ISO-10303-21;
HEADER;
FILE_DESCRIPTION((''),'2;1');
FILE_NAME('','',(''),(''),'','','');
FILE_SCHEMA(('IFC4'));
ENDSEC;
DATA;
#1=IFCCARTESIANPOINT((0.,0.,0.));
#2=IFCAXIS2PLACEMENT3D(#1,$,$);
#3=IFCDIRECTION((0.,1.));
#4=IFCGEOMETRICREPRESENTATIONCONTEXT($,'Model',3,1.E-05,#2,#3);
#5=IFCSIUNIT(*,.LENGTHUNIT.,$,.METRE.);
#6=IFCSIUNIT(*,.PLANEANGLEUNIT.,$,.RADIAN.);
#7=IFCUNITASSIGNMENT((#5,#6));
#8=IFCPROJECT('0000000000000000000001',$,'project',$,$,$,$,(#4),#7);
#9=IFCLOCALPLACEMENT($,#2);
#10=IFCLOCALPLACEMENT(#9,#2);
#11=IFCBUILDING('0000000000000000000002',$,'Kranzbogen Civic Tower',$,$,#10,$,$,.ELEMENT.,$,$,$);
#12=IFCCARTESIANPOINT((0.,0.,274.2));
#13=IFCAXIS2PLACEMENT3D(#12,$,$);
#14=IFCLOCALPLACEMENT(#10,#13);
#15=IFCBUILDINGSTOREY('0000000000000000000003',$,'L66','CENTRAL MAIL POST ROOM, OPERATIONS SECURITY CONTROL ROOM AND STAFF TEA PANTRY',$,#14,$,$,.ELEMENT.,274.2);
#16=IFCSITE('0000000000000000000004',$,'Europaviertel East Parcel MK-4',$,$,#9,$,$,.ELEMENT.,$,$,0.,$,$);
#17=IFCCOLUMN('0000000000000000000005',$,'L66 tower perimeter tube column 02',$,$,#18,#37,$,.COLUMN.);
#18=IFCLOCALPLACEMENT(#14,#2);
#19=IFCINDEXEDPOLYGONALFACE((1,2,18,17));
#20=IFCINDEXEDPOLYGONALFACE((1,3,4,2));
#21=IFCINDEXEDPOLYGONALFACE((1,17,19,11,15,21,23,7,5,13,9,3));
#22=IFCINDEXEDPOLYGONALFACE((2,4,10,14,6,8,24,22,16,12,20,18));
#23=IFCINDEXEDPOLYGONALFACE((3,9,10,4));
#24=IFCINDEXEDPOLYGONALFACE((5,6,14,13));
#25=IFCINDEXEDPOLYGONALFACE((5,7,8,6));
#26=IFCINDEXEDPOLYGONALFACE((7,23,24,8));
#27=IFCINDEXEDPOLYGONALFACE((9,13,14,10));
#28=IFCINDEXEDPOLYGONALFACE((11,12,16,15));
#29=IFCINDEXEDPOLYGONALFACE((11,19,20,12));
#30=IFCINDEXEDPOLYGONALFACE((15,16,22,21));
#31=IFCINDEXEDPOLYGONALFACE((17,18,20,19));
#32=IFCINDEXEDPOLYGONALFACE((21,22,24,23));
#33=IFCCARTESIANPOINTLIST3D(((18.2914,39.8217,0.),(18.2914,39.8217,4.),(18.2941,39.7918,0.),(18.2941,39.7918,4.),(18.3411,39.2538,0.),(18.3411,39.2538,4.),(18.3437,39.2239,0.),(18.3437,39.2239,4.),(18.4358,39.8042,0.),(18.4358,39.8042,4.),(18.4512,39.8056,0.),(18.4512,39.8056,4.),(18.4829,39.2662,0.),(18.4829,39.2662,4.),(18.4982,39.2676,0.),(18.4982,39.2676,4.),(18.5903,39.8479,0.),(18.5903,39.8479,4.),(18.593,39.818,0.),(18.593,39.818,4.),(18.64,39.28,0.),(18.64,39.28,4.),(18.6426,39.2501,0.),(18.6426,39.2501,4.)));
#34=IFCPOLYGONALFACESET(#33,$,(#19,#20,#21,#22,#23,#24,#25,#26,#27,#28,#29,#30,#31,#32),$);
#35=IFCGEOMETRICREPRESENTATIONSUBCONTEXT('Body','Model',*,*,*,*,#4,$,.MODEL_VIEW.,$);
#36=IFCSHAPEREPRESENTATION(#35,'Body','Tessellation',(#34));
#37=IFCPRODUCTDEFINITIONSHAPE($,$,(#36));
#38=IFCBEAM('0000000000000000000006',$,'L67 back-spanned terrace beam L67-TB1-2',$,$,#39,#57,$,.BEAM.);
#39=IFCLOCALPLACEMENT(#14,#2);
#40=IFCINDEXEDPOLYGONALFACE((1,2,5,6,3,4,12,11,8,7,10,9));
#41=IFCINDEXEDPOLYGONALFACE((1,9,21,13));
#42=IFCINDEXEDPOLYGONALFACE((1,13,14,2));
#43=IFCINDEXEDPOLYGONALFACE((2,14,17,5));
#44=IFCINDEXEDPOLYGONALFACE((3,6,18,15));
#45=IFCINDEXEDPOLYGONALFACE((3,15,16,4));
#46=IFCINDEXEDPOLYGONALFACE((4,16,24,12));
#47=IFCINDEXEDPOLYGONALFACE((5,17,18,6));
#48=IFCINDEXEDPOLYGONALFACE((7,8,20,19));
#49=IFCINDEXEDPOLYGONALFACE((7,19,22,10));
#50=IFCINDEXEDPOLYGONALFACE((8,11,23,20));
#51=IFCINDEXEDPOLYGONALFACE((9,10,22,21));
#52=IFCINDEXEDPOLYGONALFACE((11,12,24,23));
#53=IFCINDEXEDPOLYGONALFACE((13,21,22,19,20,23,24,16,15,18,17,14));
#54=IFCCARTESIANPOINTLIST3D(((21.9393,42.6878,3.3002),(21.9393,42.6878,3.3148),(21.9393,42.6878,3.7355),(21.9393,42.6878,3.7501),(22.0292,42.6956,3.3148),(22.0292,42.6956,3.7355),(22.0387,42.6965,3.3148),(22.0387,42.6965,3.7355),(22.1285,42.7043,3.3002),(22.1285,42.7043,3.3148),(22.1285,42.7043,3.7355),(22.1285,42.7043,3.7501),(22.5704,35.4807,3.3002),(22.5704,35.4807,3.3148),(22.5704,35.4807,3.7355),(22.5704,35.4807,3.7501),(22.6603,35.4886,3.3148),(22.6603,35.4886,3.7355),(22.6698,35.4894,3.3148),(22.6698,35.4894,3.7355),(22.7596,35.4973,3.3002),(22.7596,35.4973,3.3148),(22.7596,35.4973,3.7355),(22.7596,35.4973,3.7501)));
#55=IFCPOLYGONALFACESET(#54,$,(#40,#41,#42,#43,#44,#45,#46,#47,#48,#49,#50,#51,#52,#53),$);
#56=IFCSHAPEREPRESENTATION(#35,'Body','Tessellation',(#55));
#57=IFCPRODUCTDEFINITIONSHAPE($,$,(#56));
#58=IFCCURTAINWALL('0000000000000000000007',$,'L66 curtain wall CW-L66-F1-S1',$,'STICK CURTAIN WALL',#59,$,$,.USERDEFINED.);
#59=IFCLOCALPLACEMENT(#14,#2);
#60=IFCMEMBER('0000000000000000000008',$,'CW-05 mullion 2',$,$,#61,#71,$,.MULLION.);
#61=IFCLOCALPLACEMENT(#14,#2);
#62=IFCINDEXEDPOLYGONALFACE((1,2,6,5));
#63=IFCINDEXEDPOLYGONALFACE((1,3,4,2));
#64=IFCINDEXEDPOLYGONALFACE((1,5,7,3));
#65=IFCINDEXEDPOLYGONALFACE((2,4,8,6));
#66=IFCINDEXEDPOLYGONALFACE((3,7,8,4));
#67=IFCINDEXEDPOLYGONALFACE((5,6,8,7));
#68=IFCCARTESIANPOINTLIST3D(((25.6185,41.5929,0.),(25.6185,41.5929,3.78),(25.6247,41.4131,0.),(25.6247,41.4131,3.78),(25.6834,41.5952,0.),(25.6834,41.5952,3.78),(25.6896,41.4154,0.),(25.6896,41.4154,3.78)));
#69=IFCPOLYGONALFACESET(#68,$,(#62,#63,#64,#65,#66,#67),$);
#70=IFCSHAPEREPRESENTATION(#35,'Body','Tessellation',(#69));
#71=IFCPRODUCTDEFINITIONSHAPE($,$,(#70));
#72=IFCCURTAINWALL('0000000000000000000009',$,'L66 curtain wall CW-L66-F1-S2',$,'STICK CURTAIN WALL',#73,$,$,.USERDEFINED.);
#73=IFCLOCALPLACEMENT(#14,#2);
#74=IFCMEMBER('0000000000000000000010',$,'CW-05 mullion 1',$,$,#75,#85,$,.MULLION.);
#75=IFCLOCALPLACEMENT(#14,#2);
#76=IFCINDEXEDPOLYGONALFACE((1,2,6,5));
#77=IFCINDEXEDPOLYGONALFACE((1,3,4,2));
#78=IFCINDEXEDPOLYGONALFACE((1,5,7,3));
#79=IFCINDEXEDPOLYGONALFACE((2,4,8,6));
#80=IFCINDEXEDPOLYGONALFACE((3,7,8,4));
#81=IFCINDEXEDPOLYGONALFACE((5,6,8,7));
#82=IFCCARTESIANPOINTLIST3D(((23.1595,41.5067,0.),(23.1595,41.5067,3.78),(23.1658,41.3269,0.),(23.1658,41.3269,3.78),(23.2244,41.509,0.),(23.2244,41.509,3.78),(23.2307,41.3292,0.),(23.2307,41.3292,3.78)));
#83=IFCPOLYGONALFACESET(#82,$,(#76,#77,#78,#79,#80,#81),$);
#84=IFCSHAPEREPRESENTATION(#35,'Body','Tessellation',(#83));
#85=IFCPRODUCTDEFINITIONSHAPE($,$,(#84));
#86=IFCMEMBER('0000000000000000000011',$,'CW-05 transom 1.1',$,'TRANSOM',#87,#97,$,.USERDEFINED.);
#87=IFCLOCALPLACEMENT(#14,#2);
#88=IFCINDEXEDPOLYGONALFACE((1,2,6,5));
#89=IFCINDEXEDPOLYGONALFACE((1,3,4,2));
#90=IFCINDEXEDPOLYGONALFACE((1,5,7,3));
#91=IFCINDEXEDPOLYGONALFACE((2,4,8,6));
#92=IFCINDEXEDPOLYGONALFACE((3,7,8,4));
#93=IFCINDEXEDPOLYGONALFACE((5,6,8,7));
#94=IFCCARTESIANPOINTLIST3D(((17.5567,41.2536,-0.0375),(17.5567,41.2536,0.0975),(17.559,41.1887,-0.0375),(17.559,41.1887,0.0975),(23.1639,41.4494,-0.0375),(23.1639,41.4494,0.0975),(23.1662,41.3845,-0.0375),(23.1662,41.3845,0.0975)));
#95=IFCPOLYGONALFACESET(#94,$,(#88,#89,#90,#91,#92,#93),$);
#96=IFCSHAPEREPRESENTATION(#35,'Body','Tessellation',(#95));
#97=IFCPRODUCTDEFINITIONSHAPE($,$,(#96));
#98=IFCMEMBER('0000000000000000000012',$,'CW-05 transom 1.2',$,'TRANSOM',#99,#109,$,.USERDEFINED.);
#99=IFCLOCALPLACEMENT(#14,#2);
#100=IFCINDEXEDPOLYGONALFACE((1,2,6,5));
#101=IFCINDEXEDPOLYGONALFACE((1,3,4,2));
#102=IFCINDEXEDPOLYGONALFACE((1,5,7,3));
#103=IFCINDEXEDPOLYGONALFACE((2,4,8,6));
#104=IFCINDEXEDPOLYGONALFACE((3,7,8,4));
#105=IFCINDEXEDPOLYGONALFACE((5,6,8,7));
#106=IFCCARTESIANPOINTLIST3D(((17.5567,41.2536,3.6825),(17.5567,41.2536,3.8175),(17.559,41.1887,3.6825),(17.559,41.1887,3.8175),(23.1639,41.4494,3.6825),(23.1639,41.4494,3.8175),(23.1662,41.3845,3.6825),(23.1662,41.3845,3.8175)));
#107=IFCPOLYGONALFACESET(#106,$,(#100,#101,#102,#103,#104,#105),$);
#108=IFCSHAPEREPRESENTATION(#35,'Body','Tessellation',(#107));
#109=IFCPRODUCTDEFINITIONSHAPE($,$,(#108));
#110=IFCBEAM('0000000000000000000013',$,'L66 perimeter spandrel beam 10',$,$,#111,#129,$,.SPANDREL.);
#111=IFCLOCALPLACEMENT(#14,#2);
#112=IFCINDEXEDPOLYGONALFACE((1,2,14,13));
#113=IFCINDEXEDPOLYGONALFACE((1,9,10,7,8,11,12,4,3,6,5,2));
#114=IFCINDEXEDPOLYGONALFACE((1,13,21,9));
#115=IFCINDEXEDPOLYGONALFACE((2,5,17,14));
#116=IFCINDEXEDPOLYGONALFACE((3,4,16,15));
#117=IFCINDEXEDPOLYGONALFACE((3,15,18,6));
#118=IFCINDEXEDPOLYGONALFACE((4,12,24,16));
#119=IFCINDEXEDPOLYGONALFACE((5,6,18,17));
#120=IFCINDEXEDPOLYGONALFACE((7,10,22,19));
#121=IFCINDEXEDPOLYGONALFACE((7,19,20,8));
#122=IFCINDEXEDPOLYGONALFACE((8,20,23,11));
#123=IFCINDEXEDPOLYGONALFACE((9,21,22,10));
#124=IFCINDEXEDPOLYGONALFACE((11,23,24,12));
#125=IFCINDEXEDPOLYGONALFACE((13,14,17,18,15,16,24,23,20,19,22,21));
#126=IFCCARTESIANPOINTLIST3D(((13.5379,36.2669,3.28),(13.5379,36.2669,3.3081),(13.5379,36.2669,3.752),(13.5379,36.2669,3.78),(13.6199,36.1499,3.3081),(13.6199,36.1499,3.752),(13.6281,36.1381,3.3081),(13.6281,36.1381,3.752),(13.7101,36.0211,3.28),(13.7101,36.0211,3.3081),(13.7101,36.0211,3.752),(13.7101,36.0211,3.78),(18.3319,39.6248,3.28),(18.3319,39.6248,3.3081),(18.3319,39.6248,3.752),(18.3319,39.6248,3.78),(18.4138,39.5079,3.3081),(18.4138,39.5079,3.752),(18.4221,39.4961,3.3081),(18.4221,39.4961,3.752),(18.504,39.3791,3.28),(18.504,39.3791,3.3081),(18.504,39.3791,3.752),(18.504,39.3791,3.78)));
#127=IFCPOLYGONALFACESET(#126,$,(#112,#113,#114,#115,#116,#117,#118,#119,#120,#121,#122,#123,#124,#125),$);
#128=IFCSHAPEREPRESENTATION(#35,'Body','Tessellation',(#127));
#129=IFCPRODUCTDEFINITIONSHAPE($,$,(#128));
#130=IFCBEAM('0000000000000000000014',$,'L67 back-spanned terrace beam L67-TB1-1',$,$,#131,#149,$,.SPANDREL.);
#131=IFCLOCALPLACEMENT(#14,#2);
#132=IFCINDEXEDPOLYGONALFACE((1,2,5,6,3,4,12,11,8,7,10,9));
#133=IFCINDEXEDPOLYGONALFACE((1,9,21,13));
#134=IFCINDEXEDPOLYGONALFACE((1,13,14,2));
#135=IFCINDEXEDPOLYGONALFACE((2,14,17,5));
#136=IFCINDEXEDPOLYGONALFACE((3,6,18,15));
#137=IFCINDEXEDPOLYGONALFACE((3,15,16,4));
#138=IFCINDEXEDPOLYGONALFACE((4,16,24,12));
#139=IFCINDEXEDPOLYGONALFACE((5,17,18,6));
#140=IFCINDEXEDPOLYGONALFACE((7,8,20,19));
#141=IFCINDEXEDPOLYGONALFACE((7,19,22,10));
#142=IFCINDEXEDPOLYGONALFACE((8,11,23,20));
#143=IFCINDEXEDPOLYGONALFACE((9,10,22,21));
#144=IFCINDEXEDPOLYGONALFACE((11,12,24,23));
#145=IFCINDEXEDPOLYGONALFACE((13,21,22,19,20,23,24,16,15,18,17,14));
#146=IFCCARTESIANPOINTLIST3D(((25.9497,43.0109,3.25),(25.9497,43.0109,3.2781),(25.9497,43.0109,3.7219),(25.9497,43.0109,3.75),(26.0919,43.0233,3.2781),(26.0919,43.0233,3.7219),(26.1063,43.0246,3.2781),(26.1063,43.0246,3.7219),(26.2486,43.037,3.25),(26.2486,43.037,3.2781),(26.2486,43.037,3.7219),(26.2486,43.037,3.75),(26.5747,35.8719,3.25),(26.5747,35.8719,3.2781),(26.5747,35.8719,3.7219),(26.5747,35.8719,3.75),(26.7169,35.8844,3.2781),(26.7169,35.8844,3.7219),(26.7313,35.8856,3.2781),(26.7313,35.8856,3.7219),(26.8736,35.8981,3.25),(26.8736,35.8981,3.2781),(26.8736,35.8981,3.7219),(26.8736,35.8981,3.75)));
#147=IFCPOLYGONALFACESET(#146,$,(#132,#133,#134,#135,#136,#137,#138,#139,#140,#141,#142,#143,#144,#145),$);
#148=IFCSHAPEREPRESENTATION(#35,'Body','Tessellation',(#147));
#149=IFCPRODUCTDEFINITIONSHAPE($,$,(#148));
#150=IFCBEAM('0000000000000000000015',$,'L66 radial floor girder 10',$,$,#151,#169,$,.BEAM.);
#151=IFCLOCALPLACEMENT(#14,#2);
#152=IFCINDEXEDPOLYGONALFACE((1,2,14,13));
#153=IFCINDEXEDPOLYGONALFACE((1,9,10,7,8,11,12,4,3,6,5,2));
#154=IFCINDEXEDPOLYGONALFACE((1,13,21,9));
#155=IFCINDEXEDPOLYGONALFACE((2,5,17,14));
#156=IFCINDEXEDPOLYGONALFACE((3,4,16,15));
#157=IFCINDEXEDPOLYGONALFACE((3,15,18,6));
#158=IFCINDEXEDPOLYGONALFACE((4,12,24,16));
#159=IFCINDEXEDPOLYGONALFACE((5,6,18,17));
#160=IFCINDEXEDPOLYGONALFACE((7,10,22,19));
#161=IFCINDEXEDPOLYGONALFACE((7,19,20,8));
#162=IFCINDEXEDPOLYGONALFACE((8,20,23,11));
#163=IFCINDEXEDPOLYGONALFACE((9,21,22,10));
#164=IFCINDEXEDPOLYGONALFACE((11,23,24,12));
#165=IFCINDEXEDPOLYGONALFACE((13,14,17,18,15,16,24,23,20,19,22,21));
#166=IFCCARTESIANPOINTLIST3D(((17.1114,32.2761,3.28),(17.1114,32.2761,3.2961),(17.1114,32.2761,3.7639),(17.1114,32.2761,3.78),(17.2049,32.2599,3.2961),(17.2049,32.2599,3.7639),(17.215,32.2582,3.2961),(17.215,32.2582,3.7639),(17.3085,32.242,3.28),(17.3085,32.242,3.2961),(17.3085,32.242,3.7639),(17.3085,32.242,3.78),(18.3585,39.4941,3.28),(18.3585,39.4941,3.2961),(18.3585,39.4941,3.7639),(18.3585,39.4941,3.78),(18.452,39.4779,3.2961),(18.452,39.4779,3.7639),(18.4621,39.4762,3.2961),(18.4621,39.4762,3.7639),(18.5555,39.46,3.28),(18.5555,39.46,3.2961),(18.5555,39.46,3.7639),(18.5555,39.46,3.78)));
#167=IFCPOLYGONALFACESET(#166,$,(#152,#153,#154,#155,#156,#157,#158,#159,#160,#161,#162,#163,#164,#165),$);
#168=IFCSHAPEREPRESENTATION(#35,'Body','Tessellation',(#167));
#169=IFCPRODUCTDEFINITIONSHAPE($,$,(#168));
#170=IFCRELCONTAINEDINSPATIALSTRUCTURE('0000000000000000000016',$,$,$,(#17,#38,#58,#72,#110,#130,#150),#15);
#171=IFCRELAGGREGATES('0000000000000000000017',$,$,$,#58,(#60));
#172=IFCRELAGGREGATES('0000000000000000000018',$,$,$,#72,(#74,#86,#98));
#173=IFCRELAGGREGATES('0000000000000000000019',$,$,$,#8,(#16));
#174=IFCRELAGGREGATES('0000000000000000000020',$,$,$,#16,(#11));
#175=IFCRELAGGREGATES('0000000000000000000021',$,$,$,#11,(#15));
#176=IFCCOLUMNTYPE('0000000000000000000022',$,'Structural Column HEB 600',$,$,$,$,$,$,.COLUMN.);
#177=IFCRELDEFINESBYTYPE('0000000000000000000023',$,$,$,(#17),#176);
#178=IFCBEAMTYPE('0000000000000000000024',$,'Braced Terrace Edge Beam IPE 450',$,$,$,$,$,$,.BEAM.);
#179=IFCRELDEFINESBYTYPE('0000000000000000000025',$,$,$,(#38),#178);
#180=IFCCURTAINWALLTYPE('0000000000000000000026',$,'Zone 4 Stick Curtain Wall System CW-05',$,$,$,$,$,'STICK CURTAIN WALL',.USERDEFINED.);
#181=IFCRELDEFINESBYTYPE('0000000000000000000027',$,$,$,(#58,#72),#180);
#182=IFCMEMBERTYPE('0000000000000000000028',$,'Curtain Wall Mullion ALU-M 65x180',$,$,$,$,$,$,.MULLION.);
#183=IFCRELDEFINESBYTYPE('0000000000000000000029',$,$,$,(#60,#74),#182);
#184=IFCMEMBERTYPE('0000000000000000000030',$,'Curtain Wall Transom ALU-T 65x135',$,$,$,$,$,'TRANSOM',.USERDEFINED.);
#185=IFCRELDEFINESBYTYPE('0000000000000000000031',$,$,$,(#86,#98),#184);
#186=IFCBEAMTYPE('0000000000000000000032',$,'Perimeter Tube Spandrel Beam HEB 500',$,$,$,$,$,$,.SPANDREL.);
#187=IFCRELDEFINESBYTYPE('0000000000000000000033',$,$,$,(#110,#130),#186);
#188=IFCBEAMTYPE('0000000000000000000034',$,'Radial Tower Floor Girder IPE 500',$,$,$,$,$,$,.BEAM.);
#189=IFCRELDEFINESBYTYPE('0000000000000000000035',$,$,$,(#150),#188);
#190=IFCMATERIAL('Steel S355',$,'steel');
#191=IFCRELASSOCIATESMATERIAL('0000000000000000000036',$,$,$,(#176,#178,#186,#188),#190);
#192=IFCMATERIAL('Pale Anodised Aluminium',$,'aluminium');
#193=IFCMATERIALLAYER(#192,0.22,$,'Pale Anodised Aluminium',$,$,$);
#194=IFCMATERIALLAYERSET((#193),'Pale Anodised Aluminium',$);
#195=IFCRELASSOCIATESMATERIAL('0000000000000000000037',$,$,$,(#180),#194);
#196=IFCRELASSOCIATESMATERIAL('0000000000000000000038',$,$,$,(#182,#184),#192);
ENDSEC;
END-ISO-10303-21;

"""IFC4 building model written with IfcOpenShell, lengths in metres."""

from ifc_helpers import new_model, si_unit, direction, frame, origin, origin_2d, place, context, subcontext, project, spatial, rectangle, i_section, extrude, material, layer, layer_set, material_profile, profile_set, type_object, element, aggregate, save


model = new_model("IFC4")

# Units and contexts
model_context = context("Model", 3, precision=1e-05, world=origin(), true_north=direction((0.0, 1.0)))
body_context = subcontext(model_context, "Body", "Model", "MODEL_VIEW")
ifc_project = project(units=[si_unit("LENGTHUNIT", "METRE"), si_unit("PLANEANGLEUNIT", "RADIAN")], contexts=[model_context])

# Site, building, storey
site_placement = place(None, origin())
site = spatial("IfcSite", under=ifc_project, at=site_placement, Name="Europaviertel East Parcel MK-4", CompositionType="ELEMENT", RefElevation=0.0)
building_placement = place(site_placement, origin())
building = spatial("IfcBuilding", under=site, at=building_placement, Name="Kranzbogen Civic Tower", CompositionType="ELEMENT")
storey_placement = place(building_placement, frame((0.0, 0.0, 274.2)))
storey = spatial("IfcBuildingStorey", under=building, at=storey_placement, Name="L66", Description="CENTRAL MAIL POST ROOM, OPERATIONS SECURITY CONTROL ROOM AND STAFF TEA PANTRY", CompositionType="ELEMENT", Elevation=274.2)

# Column
ifc_material_1 = material(Name="Steel S355", Category="steel")
ifc_material_profile_1 = material_profile(ifc_material_1, i_section(OverallWidth=0.3, OverallDepth=0.6001, WebThickness=0.0154, FlangeThickness=0.03, at=origin_2d()), Name="HEB 600")
ifc_profile_set_1 = profile_set([ifc_material_profile_1], Name="Steel S355")
column_type = type_object("IfcColumnType", Name="Structural Column HEB 600", PredefinedType="COLUMN", material=ifc_profile_set_1)
column_placement = place(storey_placement, frame((18.467, 39.5359, 0.0), z_axis=(0.0, 0.0, 1.0), x_axis=(0.996195, 0.087156, 0.0)))
element("IfcColumn", 1, at=column_placement, inside=storey, type_object=column_type, Name="L66 tower perimeter tube column 02", PredefinedType="COLUMN", context=body_context, shape_type="SweptSolid", body=[
    extrude(i_section(OverallWidth=0.3, OverallDepth=0.6001, WebThickness=0.0154, FlangeThickness=0.03, at=origin_2d()), origin(), (0.0, 0.0, 1.0), 4.0),
])

# Beam
ifc_material_profile_2 = material_profile(ifc_material_1, i_section(OverallWidth=0.1899, OverallDepth=0.45, WebThickness=0.0095, FlangeThickness=0.0146, at=origin_2d()), Name="IPE 450")
ifc_profile_set_2 = profile_set([ifc_material_profile_2], Name="Steel S355")
beam_type_1 = type_object("IfcBeamType", Name="Braced Terrace Edge Beam IPE 450", PredefinedType="BEAM", material=ifc_profile_set_2)
beam_1_placement = place(storey_placement, frame((22.665, 35.489, 3.5251), z_axis=(-0.087234, 0.996188, 0.0), x_axis=(-0.996188, -0.087234, 0.0)))
element("IfcBeam", 2, at=beam_1_placement, inside=storey, type_object=beam_type_1, Name="L67 back-spanned terrace beam L67-TB1-2", PredefinedType="BEAM", context=body_context, shape_type="SweptSolid", body=[
    extrude(i_section(OverallWidth=0.1899, OverallDepth=0.45, WebThickness=0.0095, FlangeThickness=0.0146, at=origin_2d()), origin(), (0.0, 0.0, 1.0), 7.2346),
])

# Curtain wall, member
ifc_material_2 = material(Name="Pale Anodised Aluminium", Category="aluminium")
ifc_layer_1 = layer(ifc_material_2, 0.22, Name="Pale Anodised Aluminium")
ifc_layer_set_1 = layer_set([ifc_layer_1], Name="Pale Anodised Aluminium")
curtain_wall_type = type_object("IfcCurtainWallType", Name="Zone 4 Stick Curtain Wall System CW-05", ElementType="STICK CURTAIN WALL", PredefinedType="USERDEFINED", material=ifc_layer_set_1)
curtain_wall_1_placement = place(storey_placement, origin())
curtain_wall_1 = element("IfcCurtainWall", 3, at=curtain_wall_1_placement, inside=storey, type_object=curtain_wall_type, Name="L66 curtain wall CW-L66-F1-S1", ObjectType="STICK CURTAIN WALL", PredefinedType="USERDEFINED")
ifc_material_profile_3 = material_profile(ifc_material_2, rectangle(XDim=0.0649, YDim=0.1799, at=origin_2d()), Name="ALU-M 65x180")
ifc_profile_set_3 = profile_set([ifc_material_profile_3], Name="Pale Anodised Aluminium")
member_type_1 = type_object("IfcMemberType", Name="Curtain Wall Mullion ALU-M 65x180", PredefinedType="MULLION", material=ifc_profile_set_3)
member_1_placement = place(storey_placement, frame((25.6541, 41.5042, 0.0), z_axis=(0.0, 0.0, 1.0), x_axis=(-0.999391, -0.034895, 0.0)))
member_1 = element("IfcMember", 4, at=member_1_placement, type_object=member_type_1, Name="CW-05 mullion 2", PredefinedType="MULLION", context=body_context, shape_type="SweptSolid", body=[
    extrude(rectangle(XDim=0.0649, YDim=0.1799, at=origin_2d()), origin(), (0.0, 0.0, 1.0), 3.78),
])
aggregate(curtain_wall_1, [member_1])

# Curtain wall, members
curtain_wall_2_placement = place(storey_placement, origin())
curtain_wall_2 = element("IfcCurtainWall", 5, at=curtain_wall_2_placement, inside=storey, type_object=curtain_wall_type, Name="L66 curtain wall CW-L66-F1-S2", ObjectType="STICK CURTAIN WALL", PredefinedType="USERDEFINED")
member_2_placement = place(storey_placement, frame((23.1951, 41.418, 0.0), z_axis=(0.0, 0.0, 1.0), x_axis=(-0.999391, -0.034901, 0.0)))
member_2 = element("IfcMember", 6, at=member_2_placement, type_object=member_type_1, Name="CW-05 mullion 1", PredefinedType="MULLION", context=body_context, shape_type="SweptSolid", body=[
    extrude(rectangle(XDim=0.0649, YDim=0.1799, at=origin_2d()), origin(), (0.0, 0.0, 1.0), 3.78),
])
ifc_material_profile_4 = material_profile(ifc_material_2, rectangle(XDim=0.0649, YDim=0.135, at=origin_2d()), Name="ALU-T 65x135")
ifc_profile_set_4 = profile_set([ifc_material_profile_4], Name="Pale Anodised Aluminium")
member_type_2 = type_object("IfcMemberType", Name="Curtain Wall Transom ALU-T 65x135", ElementType="TRANSOM", PredefinedType="USERDEFINED", material=ifc_profile_set_4)
member_3_placement = place(storey_placement, frame((23.165, 41.417, 0.03), z_axis=(-0.999391, -0.034898, 0.0), x_axis=(0.034898, -0.999391, 0.0)))
member_3 = element("IfcMember", 7, at=member_3_placement, type_object=member_type_2, Name="CW-05 transom 1.1", ObjectType="TRANSOM", PredefinedType="USERDEFINED", context=body_context, shape_type="SweptSolid", body=[
    extrude(rectangle(XDim=0.0649, YDim=0.135, at=origin_2d()), origin(), (0.0, 0.0, 1.0), 5.6106),
])
member_4_placement = place(storey_placement, frame((23.165, 41.417, 3.75), z_axis=(-0.999391, -0.034898, 0.0), x_axis=(0.034898, -0.999391, 0.0)))
member_4 = element("IfcMember", 8, at=member_4_placement, type_object=member_type_2, Name="CW-05 transom 1.2", ObjectType="TRANSOM", PredefinedType="USERDEFINED", context=body_context, shape_type="SweptSolid", body=[
    extrude(rectangle(XDim=0.0649, YDim=0.135, at=origin_2d()), origin(), (0.0, 0.0, 1.0), 5.6106),
])

# Beams
ifc_material_profile_5 = material_profile(ifc_material_1, i_section(OverallWidth=0.3, OverallDepth=0.5, WebThickness=0.0144, FlangeThickness=0.0281, at=origin_2d()), Name="HEB 500")
ifc_profile_set_5 = profile_set([ifc_material_profile_5], Name="Steel S355")
beam_type_2 = type_object("IfcBeamType", Name="Perimeter Tube Spandrel Beam HEB 500", PredefinedType="SPANDREL", material=ifc_profile_set_5)
beam_2_placement = place(storey_placement, frame((18.418, 39.502, 3.53), z_axis=(-0.819059, -0.573709, 0.0), x_axis=(0.573709, -0.819059, 0.0)))
element("IfcBeam", 9, at=beam_2_placement, inside=storey, type_object=beam_type_2, Name="L66 perimeter spandrel beam 10", PredefinedType="SPANDREL", context=body_context, shape_type="SweptSolid", body=[
    extrude(i_section(OverallWidth=0.3, OverallDepth=0.5, WebThickness=0.0144, FlangeThickness=0.0281, at=origin_2d()), origin(), (0.0, 0.0, 1.0), 5.853),
])
beam_3_placement = place(storey_placement, frame((26.7241, 35.885, 3.5), z_axis=(-0.087215, 0.99619, 0.0), x_axis=(-0.99619, -0.087215, 0.0)))
element("IfcBeam", 10, at=beam_3_placement, inside=storey, type_object=beam_type_2, Name="L67 back-spanned terrace beam L67-TB1-1", PredefinedType="SPANDREL", context=body_context, shape_type="SweptSolid", body=[
    extrude(i_section(OverallWidth=0.3, OverallDepth=0.5, WebThickness=0.0144, FlangeThickness=0.0281, at=origin_2d()), origin(), (0.0, 0.0, 1.0), 7.1663),
])
ifc_material_profile_6 = material_profile(ifc_material_1, i_section(OverallWidth=0.2, OverallDepth=0.5, WebThickness=0.0103, FlangeThickness=0.0161, at=origin_2d()), Name="IPE 500")
ifc_profile_set_6 = profile_set([ifc_material_profile_6], Name="Steel S355")
beam_type_3 = type_object("IfcBeamType", Name="Radial Tower Floor Girder IPE 500", PredefinedType="BEAM", material=ifc_profile_set_6)
beam_4_placement = place(storey_placement, frame((18.457, 39.4771, 3.53), z_axis=(-0.17025, -0.985401, 0.0), x_axis=(0.985401, -0.17025, 0.0)))
element("IfcBeam", 11, at=beam_4_placement, inside=storey, type_object=beam_type_3, Name="L66 radial floor girder 10", PredefinedType="BEAM", context=body_context, shape_type="SweptSolid", body=[
    extrude(i_section(OverallWidth=0.2, OverallDepth=0.5, WebThickness=0.0103, FlangeThickness=0.0161, at=origin_2d()), origin(), (0.0, 0.0, 1.0), 7.325),
])

aggregate(curtain_wall_2, [member_2, member_3, member_4])

save(model, "model.ifc")
